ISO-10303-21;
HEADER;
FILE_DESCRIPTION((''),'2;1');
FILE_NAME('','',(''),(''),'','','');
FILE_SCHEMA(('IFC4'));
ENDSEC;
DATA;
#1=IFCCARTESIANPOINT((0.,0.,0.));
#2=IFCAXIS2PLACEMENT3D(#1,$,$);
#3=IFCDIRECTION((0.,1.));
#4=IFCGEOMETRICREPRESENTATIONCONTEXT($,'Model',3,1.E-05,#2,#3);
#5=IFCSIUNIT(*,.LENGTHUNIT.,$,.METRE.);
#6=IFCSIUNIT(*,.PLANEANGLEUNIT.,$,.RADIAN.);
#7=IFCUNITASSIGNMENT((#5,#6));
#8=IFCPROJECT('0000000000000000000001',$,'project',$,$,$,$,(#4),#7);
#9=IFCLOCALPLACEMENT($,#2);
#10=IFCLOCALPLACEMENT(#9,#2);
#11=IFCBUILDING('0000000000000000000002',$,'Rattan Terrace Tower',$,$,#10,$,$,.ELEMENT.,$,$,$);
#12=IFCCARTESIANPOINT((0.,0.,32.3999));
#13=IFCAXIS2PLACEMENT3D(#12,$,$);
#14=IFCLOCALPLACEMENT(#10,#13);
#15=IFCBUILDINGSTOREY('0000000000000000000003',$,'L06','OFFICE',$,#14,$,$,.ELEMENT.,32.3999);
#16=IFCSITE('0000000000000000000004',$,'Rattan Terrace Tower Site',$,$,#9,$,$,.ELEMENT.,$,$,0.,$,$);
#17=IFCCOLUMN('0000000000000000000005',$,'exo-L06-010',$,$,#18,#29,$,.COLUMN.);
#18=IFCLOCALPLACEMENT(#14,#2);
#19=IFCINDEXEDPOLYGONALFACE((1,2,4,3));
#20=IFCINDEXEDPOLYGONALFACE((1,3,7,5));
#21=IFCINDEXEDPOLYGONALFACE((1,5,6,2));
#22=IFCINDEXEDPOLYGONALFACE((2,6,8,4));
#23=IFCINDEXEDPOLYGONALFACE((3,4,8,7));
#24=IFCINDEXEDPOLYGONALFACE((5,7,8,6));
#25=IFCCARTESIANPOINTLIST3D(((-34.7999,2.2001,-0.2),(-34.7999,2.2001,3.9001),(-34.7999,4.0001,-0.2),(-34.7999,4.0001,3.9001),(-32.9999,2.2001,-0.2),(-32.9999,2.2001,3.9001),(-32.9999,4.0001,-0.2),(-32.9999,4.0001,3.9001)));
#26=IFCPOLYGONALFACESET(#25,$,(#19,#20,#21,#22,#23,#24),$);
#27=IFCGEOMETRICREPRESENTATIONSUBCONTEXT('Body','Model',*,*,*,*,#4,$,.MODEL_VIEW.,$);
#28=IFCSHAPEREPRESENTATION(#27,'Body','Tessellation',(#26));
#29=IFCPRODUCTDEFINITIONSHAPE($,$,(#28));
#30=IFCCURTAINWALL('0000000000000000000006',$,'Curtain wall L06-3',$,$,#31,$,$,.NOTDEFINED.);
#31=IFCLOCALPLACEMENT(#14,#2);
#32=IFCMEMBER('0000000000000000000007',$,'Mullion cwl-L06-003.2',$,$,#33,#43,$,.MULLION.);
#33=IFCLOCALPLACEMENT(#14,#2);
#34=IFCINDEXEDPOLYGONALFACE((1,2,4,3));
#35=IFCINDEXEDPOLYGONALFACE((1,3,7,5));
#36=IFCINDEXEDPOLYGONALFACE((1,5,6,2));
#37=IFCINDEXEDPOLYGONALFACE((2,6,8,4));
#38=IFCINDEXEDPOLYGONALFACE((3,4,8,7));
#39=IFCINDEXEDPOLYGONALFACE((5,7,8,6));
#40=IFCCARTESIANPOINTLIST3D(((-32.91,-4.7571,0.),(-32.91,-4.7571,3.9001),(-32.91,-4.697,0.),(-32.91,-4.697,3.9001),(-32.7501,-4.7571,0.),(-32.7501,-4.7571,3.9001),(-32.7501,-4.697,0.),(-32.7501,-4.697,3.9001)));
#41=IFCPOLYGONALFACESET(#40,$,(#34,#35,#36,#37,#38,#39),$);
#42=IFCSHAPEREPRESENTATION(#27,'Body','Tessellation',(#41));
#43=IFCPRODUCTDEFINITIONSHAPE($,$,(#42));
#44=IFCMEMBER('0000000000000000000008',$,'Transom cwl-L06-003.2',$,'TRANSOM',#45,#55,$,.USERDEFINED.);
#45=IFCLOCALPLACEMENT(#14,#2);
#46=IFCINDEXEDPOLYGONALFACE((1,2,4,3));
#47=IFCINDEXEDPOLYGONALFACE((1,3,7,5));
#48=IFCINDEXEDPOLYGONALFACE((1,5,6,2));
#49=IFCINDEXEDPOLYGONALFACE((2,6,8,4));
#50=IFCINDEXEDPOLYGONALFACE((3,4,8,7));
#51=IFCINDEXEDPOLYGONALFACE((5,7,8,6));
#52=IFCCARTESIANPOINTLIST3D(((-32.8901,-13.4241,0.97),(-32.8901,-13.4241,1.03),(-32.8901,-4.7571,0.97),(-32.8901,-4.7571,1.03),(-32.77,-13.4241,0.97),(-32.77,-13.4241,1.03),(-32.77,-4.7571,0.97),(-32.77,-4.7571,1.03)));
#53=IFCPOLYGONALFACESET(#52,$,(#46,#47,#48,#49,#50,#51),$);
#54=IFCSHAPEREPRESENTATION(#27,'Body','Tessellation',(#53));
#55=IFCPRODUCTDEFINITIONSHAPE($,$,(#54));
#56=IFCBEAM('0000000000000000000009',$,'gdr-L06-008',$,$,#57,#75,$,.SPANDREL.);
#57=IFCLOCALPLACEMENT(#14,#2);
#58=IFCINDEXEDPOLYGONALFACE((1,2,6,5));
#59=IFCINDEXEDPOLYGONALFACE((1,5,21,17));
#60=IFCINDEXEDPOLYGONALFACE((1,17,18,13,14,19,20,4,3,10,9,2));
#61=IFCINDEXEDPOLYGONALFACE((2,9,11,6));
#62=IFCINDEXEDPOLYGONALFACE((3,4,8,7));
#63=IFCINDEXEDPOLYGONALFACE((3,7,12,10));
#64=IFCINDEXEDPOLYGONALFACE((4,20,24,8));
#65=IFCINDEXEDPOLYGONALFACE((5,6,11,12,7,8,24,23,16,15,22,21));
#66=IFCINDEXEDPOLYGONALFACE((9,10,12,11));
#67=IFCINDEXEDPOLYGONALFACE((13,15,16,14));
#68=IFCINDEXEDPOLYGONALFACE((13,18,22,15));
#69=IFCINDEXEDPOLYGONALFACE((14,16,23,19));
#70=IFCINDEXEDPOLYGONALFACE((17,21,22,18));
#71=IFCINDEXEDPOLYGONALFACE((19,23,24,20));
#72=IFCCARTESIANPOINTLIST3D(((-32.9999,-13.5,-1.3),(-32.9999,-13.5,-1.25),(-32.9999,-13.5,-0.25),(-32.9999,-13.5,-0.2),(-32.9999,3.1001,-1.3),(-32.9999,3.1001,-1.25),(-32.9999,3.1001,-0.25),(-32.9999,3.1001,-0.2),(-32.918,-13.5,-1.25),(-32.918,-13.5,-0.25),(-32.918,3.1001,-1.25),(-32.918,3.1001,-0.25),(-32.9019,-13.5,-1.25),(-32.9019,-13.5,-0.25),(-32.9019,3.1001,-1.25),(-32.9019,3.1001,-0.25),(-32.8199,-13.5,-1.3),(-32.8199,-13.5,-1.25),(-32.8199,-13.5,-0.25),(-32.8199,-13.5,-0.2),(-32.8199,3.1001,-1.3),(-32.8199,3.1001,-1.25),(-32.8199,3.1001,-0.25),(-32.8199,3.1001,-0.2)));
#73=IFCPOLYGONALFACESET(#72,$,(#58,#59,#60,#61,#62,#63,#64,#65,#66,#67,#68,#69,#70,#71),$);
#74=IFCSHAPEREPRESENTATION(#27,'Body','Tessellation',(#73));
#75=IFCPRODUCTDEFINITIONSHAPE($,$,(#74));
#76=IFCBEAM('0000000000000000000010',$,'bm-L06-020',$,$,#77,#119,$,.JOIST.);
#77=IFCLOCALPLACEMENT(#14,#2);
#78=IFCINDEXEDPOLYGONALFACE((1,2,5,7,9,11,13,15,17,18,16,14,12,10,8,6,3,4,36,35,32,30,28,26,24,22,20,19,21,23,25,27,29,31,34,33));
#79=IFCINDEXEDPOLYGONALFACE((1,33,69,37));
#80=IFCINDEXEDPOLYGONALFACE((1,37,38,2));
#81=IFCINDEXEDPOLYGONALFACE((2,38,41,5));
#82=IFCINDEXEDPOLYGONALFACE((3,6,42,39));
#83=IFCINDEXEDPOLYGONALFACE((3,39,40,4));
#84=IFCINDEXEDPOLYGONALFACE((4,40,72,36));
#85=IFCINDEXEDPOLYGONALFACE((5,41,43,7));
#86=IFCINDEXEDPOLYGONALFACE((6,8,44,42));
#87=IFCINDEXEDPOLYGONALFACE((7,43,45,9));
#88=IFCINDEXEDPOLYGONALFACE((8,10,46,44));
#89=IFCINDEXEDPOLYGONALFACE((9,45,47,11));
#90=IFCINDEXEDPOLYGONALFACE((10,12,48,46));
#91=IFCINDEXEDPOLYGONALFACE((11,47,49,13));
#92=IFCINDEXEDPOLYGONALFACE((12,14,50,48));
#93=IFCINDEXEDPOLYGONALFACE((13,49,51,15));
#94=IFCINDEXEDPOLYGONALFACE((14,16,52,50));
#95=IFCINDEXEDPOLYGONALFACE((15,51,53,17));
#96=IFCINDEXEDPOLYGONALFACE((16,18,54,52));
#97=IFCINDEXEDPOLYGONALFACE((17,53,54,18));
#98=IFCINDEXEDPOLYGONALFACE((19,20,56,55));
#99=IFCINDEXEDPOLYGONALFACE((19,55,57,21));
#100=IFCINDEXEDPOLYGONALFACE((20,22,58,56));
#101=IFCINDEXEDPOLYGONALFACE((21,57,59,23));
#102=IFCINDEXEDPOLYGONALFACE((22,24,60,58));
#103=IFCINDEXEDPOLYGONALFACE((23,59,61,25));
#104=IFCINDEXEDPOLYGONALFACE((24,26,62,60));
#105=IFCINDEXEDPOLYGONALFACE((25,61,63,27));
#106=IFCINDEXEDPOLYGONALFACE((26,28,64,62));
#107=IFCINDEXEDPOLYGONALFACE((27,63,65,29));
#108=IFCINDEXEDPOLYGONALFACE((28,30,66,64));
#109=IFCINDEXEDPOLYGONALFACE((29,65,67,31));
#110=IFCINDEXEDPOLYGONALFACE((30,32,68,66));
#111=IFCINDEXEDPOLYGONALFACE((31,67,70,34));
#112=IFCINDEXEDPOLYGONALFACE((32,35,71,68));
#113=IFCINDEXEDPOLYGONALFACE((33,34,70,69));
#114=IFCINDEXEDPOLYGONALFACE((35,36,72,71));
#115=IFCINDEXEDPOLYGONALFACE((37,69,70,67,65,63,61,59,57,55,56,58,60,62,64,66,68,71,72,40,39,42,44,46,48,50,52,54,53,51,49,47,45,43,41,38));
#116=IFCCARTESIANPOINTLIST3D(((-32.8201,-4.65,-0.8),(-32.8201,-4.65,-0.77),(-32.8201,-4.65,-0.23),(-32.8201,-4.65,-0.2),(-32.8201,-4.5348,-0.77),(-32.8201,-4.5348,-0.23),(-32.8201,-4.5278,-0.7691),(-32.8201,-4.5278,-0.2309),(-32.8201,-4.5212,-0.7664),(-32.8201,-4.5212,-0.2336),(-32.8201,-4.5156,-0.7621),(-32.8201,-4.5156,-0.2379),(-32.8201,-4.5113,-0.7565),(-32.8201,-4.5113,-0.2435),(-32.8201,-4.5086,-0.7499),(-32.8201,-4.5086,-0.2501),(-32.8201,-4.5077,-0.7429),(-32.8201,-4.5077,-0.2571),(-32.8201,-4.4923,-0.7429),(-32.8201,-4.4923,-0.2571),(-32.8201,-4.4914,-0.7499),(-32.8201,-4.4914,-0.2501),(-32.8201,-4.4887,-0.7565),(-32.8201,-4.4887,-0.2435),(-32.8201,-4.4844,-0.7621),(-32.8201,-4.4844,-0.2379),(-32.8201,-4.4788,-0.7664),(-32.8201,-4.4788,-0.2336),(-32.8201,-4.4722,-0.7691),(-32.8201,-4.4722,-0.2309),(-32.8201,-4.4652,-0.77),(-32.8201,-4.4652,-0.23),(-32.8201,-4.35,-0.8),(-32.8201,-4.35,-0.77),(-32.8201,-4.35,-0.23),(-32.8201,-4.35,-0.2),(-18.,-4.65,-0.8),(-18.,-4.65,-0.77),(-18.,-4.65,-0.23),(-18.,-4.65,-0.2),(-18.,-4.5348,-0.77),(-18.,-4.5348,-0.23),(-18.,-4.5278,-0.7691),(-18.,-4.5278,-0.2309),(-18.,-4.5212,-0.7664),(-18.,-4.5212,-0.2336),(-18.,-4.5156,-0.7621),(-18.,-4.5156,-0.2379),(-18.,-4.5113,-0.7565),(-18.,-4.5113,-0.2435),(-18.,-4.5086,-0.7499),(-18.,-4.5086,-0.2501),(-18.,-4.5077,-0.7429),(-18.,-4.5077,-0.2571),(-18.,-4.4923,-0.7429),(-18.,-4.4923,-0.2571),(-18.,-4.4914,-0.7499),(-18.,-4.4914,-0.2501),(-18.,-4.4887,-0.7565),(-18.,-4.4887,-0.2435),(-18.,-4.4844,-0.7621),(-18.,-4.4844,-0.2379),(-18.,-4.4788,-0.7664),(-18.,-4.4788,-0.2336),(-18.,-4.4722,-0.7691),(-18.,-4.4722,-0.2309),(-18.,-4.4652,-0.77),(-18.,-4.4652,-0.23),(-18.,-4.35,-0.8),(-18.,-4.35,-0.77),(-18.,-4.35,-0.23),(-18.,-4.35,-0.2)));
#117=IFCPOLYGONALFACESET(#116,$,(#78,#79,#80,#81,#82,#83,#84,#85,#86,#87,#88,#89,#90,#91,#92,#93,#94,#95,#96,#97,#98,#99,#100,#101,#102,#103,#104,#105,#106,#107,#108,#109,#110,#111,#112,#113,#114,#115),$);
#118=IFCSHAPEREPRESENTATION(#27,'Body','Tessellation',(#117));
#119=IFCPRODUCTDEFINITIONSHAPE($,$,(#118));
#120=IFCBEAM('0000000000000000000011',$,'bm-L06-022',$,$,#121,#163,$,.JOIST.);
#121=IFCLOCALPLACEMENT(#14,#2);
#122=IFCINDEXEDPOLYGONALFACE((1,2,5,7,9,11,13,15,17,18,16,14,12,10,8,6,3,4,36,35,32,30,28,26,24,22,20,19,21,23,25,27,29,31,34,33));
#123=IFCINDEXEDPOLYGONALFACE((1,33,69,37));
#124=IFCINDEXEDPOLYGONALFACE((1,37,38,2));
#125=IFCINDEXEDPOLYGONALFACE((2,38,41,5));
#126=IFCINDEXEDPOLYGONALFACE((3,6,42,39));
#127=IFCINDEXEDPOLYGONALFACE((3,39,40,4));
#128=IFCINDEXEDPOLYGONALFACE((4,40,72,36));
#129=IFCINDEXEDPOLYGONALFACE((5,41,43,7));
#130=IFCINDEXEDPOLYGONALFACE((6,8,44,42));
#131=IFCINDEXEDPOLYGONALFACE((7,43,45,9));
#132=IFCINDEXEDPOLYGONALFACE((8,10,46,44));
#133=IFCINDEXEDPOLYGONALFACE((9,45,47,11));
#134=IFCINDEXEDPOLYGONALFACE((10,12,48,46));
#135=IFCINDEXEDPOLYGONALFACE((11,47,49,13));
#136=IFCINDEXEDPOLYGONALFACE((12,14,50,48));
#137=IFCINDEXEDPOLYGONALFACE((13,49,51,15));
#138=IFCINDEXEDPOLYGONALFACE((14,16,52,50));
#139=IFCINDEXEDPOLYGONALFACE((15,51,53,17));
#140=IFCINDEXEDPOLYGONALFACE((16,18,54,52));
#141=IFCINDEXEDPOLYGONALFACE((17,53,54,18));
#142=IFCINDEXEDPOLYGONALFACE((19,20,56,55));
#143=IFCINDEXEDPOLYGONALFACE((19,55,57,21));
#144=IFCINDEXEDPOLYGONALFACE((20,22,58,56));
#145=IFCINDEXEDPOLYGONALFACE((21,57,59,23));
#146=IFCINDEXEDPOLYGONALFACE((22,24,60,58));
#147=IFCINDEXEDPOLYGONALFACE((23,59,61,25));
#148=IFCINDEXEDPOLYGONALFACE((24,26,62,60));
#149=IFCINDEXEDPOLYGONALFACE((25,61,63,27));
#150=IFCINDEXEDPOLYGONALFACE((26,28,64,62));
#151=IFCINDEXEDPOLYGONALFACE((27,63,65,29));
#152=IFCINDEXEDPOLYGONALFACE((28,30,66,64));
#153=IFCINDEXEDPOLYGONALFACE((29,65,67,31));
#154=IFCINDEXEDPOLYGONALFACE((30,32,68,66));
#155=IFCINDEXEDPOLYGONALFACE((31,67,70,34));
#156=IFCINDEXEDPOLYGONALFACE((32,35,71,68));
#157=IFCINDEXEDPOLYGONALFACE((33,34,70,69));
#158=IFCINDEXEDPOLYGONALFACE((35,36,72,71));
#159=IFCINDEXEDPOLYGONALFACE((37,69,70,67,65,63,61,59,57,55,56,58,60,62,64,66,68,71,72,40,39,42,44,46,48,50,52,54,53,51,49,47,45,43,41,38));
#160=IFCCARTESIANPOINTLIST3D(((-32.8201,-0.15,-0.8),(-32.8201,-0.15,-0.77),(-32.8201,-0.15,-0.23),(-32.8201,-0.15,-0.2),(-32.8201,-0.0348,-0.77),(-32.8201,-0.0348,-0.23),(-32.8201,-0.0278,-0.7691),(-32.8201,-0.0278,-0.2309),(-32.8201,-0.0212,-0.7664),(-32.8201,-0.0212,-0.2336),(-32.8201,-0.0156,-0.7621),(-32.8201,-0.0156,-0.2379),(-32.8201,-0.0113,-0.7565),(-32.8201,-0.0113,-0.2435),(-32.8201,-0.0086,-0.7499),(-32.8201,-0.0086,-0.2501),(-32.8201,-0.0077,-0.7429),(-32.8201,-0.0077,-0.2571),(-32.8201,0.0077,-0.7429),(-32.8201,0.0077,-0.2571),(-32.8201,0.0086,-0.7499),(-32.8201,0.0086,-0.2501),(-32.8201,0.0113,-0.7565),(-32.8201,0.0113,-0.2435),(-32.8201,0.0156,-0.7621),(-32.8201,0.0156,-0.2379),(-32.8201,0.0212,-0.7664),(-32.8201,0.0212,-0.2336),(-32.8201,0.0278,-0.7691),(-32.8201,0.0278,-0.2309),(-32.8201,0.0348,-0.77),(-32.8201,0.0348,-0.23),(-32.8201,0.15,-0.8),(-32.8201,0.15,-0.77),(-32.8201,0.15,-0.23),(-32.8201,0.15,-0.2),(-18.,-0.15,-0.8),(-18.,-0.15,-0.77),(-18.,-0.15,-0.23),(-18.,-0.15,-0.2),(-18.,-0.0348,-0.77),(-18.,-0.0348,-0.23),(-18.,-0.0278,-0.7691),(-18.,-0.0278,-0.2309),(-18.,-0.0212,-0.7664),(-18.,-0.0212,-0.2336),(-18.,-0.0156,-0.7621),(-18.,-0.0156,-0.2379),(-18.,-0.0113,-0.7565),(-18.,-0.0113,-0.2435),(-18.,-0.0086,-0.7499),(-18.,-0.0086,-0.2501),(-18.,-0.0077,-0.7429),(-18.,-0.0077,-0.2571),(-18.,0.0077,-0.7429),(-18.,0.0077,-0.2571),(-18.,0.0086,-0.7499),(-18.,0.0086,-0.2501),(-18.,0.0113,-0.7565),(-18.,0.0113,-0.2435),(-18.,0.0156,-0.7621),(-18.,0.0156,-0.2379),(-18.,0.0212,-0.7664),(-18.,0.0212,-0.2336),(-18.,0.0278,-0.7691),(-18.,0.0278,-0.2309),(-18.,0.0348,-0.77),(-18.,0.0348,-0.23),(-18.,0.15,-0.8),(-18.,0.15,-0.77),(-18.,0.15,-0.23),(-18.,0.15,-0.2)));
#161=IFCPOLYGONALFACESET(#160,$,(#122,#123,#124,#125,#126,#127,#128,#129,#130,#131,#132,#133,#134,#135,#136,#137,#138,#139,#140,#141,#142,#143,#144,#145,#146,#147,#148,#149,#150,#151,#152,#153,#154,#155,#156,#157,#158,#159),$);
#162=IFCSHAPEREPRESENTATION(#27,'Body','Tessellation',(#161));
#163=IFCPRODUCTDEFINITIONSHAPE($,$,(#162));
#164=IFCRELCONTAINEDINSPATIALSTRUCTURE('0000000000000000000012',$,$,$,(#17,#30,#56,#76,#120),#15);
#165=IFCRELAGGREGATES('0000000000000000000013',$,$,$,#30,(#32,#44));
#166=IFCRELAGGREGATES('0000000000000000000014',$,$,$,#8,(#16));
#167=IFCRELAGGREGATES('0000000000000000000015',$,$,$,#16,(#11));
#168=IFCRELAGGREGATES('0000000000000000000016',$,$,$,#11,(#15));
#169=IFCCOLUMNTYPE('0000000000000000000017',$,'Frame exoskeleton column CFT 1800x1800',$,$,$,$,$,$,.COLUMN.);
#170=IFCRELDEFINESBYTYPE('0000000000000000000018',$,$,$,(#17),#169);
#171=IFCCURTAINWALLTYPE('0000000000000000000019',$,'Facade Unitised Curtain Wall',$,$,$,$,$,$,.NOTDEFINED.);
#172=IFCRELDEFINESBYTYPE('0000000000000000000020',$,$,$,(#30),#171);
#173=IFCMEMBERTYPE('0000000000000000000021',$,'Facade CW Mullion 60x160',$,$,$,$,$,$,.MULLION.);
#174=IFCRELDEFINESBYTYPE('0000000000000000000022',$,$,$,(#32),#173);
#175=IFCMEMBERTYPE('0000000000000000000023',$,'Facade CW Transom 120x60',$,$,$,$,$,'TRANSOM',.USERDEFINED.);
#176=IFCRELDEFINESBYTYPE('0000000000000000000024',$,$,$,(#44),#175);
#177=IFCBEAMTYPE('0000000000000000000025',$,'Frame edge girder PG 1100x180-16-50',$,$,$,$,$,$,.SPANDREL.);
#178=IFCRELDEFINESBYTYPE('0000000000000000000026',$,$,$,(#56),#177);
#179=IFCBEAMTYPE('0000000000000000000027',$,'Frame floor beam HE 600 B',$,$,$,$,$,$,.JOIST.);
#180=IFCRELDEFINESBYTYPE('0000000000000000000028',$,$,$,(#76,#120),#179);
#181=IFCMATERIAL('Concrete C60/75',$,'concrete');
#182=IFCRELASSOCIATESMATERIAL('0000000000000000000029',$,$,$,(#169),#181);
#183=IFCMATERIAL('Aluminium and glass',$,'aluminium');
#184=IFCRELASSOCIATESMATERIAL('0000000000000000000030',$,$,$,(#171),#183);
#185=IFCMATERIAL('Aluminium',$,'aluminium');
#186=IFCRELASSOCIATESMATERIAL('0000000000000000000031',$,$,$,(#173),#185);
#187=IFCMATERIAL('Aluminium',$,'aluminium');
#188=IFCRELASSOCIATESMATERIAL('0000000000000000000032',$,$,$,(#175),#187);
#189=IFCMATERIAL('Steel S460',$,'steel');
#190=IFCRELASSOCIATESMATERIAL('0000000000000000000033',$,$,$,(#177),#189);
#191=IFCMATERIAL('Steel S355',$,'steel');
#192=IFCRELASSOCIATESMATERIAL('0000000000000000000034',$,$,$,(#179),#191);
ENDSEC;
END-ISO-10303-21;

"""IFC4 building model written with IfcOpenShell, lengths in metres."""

from ifc_helpers import new_model, si_unit, direction, frame, origin, origin_2d, place, context, subcontext, project, spatial, rectangle, i_section, extrude, material, material_profile, profile_set, type_object, element, aggregate, save


model = new_model("IFC4")

# Units and contexts
model_context = context("Model", 3, precision=1e-05, world=origin(), true_north=direction((0.0, 1.0)))
body_context = subcontext(model_context, "Body", "Model", "MODEL_VIEW")
ifc_project = project(units=[si_unit("LENGTHUNIT", "METRE"), si_unit("PLANEANGLEUNIT", "RADIAN")], contexts=[model_context])

# Site, building, storey
site_placement = place(None, origin())
site = spatial("IfcSite", under=ifc_project, at=site_placement, Name="Rattan Terrace Tower Site", CompositionType="ELEMENT", RefElevation=0.0)
building_placement = place(site_placement, origin())
building = spatial("IfcBuilding", under=site, at=building_placement, Name="Rattan Terrace Tower", CompositionType="ELEMENT")
storey_placement = place(building_placement, frame((0.0, 0.0, 32.3999)))
storey = spatial("IfcBuildingStorey", under=building, at=storey_placement, Name="L06", Description="OFFICE", CompositionType="ELEMENT", Elevation=32.3999)

# Column
ifc_material_1 = material(Name="Concrete C60/75", Category="concrete")
ifc_material_profile_1 = material_profile(ifc_material_1, rectangle(XDim=1.8, YDim=1.8, at=origin_2d()), Name="CFT 1800x1800")
ifc_profile_set_1 = profile_set([ifc_material_profile_1], Name="Concrete C60/75")
column_type = type_object("IfcColumnType", Name="Frame exoskeleton column CFT 1800x1800", PredefinedType="COLUMN", material=ifc_profile_set_1)
column_placement = place(storey_placement, frame((-33.8999, 3.1001, -0.2), z_axis=(0.0, 0.0, 1.0), x_axis=(0.0, 1.0, 0.0)))
element("IfcColumn", 1, at=column_placement, inside=storey, type_object=column_type, Name="exo-L06-010", PredefinedType="COLUMN", context=body_context, shape_type="SweptSolid", body=[
    extrude(rectangle(XDim=1.8, YDim=1.8, at=origin_2d()), origin(), (0.0, 0.0, 1.0), 4.1001),
])

# Curtain wall, members
ifc_material_2 = material(Name="Aluminium and glass", Category="aluminium")
curtain_wall_type = type_object("IfcCurtainWallType", Name="Facade Unitised Curtain Wall", PredefinedType="NOTDEFINED", material=ifc_material_2)
curtain_wall_placement = place(storey_placement, origin())
curtain_wall = element("IfcCurtainWall", 2, at=curtain_wall_placement, inside=storey, type_object=curtain_wall_type, Name="Curtain wall L06-3", PredefinedType="NOTDEFINED")
ifc_material_3 = material(Name="Aluminium", Category="aluminium")
ifc_material_profile_2 = material_profile(ifc_material_3, rectangle(XDim=0.0601, YDim=0.1599, at=origin_2d()), Name="Aluminium 60x160")
ifc_profile_set_2 = profile_set([ifc_material_profile_2], Name="Aluminium")
member_type_1 = type_object("IfcMemberType", Name="Facade CW Mullion 60x160", PredefinedType="MULLION", material=ifc_profile_set_2)
member_1_placement = place(storey_placement, frame((-32.8301, -4.7271, 0.0), z_axis=(0.0, 0.0, 1.0), x_axis=(0.0, -1.0, 0.0)))
member_1 = element("IfcMember", 3, at=member_1_placement, type_object=member_type_1, Name="Mullion cwl-L06-003.2", PredefinedType="MULLION", context=body_context, shape_type="SweptSolid", body=[
    extrude(rectangle(XDim=0.0601, YDim=0.1599, at=origin_2d()), origin(), (0.0, 0.0, 1.0), 3.9001),
])
ifc_material_4 = material(Name="Aluminium", Category="aluminium")
ifc_material_profile_3 = material_profile(ifc_material_4, rectangle(XDim=0.1201, YDim=0.0601, at=origin_2d()), Name="Aluminium 120x60")
ifc_profile_set_3 = profile_set([ifc_material_profile_3], Name="Aluminium")
member_type_2 = type_object("IfcMemberType", Name="Facade CW Transom 120x60", ElementType="TRANSOM", PredefinedType="USERDEFINED", material=ifc_profile_set_3)
member_2_placement = place(storey_placement, frame((-32.8301, -4.7571, 1.0), z_axis=(0.0, -1.0, 0.0), x_axis=(1.0, 0.0, 0.0)))
member_2 = element("IfcMember", 4, at=member_2_placement, type_object=member_type_2, Name="Transom cwl-L06-003.2", ObjectType="TRANSOM", PredefinedType="USERDEFINED", context=body_context, shape_type="SweptSolid", body=[
    extrude(rectangle(XDim=0.1201, YDim=0.0601, at=origin_2d()), origin(), (0.0, 0.0, 1.0), 8.667),
])

# Beams
ifc_material_5 = material(Name="Steel S460", Category="steel")
ifc_material_profile_4 = material_profile(ifc_material_5, i_section(OverallWidth=0.1799, OverallDepth=1.1001, WebThickness=0.0161, FlangeThickness=0.05, at=origin_2d()), Name="PG 1100x180-16-50")
ifc_profile_set_4 = profile_set([ifc_material_profile_4], Name="Steel S460")
beam_type_1 = type_object("IfcBeamType", Name="Frame edge girder PG 1100x180-16-50", PredefinedType="SPANDREL", material=ifc_profile_set_4)
beam_1_placement = place(storey_placement, frame((-32.9099, 3.1001, -0.75), z_axis=(0.0, -1.0, 0.0), x_axis=(1.0, 0.0, 0.0)))
element("IfcBeam", 5, at=beam_1_placement, inside=storey, type_object=beam_type_1, Name="gdr-L06-008", PredefinedType="SPANDREL", context=body_context, shape_type="SweptSolid", body=[
    extrude(i_section(OverallWidth=0.1799, OverallDepth=1.1001, WebThickness=0.0161, FlangeThickness=0.05, at=origin_2d()), origin(), (0.0, 0.0, 1.0), 16.6001),
])
ifc_material_6 = material(Name="Steel S355", Category="steel")
ifc_material_profile_5 = material_profile(ifc_material_6, i_section(OverallWidth=0.3, OverallDepth=0.6001, WebThickness=0.0154, FlangeThickness=0.03, FilletRadius=0.0271, at=origin_2d()), Name="HE 600 B")
ifc_profile_set_5 = profile_set([ifc_material_profile_5], Name="Steel S355")
beam_type_2 = type_object("IfcBeamType", Name="Frame floor beam HE 600 B", PredefinedType="JOIST", material=ifc_profile_set_5)
for number, where, z_axis, x_axis, name in (
    (6, (-32.8201, -4.5, -0.5), (1.0, 0.0, 0.0), (0.0, 1.0, 0.0), "bm-L06-020"),
    (7, (-32.8201, 0.0, -0.5), (1.0, 0.0, 0.0), (0.0, 1.0, 0.0), "bm-L06-022"),
):
    element("IfcBeam", number, at=place(storey_placement, frame(where, z_axis=z_axis, x_axis=x_axis)), inside=storey, type_object=beam_type_2, Name=name, PredefinedType="JOIST", context=body_context, shape_type="SweptSolid", body=[
        extrude(i_section(OverallWidth=0.3, OverallDepth=0.6001, WebThickness=0.0154, FlangeThickness=0.03, FilletRadius=0.0271, at=origin_2d()), origin(), (0.0, 0.0, 1.0), 14.8201),
    ])

aggregate(curtain_wall, [member_1, member_2])

save(model, "model.ifc")
